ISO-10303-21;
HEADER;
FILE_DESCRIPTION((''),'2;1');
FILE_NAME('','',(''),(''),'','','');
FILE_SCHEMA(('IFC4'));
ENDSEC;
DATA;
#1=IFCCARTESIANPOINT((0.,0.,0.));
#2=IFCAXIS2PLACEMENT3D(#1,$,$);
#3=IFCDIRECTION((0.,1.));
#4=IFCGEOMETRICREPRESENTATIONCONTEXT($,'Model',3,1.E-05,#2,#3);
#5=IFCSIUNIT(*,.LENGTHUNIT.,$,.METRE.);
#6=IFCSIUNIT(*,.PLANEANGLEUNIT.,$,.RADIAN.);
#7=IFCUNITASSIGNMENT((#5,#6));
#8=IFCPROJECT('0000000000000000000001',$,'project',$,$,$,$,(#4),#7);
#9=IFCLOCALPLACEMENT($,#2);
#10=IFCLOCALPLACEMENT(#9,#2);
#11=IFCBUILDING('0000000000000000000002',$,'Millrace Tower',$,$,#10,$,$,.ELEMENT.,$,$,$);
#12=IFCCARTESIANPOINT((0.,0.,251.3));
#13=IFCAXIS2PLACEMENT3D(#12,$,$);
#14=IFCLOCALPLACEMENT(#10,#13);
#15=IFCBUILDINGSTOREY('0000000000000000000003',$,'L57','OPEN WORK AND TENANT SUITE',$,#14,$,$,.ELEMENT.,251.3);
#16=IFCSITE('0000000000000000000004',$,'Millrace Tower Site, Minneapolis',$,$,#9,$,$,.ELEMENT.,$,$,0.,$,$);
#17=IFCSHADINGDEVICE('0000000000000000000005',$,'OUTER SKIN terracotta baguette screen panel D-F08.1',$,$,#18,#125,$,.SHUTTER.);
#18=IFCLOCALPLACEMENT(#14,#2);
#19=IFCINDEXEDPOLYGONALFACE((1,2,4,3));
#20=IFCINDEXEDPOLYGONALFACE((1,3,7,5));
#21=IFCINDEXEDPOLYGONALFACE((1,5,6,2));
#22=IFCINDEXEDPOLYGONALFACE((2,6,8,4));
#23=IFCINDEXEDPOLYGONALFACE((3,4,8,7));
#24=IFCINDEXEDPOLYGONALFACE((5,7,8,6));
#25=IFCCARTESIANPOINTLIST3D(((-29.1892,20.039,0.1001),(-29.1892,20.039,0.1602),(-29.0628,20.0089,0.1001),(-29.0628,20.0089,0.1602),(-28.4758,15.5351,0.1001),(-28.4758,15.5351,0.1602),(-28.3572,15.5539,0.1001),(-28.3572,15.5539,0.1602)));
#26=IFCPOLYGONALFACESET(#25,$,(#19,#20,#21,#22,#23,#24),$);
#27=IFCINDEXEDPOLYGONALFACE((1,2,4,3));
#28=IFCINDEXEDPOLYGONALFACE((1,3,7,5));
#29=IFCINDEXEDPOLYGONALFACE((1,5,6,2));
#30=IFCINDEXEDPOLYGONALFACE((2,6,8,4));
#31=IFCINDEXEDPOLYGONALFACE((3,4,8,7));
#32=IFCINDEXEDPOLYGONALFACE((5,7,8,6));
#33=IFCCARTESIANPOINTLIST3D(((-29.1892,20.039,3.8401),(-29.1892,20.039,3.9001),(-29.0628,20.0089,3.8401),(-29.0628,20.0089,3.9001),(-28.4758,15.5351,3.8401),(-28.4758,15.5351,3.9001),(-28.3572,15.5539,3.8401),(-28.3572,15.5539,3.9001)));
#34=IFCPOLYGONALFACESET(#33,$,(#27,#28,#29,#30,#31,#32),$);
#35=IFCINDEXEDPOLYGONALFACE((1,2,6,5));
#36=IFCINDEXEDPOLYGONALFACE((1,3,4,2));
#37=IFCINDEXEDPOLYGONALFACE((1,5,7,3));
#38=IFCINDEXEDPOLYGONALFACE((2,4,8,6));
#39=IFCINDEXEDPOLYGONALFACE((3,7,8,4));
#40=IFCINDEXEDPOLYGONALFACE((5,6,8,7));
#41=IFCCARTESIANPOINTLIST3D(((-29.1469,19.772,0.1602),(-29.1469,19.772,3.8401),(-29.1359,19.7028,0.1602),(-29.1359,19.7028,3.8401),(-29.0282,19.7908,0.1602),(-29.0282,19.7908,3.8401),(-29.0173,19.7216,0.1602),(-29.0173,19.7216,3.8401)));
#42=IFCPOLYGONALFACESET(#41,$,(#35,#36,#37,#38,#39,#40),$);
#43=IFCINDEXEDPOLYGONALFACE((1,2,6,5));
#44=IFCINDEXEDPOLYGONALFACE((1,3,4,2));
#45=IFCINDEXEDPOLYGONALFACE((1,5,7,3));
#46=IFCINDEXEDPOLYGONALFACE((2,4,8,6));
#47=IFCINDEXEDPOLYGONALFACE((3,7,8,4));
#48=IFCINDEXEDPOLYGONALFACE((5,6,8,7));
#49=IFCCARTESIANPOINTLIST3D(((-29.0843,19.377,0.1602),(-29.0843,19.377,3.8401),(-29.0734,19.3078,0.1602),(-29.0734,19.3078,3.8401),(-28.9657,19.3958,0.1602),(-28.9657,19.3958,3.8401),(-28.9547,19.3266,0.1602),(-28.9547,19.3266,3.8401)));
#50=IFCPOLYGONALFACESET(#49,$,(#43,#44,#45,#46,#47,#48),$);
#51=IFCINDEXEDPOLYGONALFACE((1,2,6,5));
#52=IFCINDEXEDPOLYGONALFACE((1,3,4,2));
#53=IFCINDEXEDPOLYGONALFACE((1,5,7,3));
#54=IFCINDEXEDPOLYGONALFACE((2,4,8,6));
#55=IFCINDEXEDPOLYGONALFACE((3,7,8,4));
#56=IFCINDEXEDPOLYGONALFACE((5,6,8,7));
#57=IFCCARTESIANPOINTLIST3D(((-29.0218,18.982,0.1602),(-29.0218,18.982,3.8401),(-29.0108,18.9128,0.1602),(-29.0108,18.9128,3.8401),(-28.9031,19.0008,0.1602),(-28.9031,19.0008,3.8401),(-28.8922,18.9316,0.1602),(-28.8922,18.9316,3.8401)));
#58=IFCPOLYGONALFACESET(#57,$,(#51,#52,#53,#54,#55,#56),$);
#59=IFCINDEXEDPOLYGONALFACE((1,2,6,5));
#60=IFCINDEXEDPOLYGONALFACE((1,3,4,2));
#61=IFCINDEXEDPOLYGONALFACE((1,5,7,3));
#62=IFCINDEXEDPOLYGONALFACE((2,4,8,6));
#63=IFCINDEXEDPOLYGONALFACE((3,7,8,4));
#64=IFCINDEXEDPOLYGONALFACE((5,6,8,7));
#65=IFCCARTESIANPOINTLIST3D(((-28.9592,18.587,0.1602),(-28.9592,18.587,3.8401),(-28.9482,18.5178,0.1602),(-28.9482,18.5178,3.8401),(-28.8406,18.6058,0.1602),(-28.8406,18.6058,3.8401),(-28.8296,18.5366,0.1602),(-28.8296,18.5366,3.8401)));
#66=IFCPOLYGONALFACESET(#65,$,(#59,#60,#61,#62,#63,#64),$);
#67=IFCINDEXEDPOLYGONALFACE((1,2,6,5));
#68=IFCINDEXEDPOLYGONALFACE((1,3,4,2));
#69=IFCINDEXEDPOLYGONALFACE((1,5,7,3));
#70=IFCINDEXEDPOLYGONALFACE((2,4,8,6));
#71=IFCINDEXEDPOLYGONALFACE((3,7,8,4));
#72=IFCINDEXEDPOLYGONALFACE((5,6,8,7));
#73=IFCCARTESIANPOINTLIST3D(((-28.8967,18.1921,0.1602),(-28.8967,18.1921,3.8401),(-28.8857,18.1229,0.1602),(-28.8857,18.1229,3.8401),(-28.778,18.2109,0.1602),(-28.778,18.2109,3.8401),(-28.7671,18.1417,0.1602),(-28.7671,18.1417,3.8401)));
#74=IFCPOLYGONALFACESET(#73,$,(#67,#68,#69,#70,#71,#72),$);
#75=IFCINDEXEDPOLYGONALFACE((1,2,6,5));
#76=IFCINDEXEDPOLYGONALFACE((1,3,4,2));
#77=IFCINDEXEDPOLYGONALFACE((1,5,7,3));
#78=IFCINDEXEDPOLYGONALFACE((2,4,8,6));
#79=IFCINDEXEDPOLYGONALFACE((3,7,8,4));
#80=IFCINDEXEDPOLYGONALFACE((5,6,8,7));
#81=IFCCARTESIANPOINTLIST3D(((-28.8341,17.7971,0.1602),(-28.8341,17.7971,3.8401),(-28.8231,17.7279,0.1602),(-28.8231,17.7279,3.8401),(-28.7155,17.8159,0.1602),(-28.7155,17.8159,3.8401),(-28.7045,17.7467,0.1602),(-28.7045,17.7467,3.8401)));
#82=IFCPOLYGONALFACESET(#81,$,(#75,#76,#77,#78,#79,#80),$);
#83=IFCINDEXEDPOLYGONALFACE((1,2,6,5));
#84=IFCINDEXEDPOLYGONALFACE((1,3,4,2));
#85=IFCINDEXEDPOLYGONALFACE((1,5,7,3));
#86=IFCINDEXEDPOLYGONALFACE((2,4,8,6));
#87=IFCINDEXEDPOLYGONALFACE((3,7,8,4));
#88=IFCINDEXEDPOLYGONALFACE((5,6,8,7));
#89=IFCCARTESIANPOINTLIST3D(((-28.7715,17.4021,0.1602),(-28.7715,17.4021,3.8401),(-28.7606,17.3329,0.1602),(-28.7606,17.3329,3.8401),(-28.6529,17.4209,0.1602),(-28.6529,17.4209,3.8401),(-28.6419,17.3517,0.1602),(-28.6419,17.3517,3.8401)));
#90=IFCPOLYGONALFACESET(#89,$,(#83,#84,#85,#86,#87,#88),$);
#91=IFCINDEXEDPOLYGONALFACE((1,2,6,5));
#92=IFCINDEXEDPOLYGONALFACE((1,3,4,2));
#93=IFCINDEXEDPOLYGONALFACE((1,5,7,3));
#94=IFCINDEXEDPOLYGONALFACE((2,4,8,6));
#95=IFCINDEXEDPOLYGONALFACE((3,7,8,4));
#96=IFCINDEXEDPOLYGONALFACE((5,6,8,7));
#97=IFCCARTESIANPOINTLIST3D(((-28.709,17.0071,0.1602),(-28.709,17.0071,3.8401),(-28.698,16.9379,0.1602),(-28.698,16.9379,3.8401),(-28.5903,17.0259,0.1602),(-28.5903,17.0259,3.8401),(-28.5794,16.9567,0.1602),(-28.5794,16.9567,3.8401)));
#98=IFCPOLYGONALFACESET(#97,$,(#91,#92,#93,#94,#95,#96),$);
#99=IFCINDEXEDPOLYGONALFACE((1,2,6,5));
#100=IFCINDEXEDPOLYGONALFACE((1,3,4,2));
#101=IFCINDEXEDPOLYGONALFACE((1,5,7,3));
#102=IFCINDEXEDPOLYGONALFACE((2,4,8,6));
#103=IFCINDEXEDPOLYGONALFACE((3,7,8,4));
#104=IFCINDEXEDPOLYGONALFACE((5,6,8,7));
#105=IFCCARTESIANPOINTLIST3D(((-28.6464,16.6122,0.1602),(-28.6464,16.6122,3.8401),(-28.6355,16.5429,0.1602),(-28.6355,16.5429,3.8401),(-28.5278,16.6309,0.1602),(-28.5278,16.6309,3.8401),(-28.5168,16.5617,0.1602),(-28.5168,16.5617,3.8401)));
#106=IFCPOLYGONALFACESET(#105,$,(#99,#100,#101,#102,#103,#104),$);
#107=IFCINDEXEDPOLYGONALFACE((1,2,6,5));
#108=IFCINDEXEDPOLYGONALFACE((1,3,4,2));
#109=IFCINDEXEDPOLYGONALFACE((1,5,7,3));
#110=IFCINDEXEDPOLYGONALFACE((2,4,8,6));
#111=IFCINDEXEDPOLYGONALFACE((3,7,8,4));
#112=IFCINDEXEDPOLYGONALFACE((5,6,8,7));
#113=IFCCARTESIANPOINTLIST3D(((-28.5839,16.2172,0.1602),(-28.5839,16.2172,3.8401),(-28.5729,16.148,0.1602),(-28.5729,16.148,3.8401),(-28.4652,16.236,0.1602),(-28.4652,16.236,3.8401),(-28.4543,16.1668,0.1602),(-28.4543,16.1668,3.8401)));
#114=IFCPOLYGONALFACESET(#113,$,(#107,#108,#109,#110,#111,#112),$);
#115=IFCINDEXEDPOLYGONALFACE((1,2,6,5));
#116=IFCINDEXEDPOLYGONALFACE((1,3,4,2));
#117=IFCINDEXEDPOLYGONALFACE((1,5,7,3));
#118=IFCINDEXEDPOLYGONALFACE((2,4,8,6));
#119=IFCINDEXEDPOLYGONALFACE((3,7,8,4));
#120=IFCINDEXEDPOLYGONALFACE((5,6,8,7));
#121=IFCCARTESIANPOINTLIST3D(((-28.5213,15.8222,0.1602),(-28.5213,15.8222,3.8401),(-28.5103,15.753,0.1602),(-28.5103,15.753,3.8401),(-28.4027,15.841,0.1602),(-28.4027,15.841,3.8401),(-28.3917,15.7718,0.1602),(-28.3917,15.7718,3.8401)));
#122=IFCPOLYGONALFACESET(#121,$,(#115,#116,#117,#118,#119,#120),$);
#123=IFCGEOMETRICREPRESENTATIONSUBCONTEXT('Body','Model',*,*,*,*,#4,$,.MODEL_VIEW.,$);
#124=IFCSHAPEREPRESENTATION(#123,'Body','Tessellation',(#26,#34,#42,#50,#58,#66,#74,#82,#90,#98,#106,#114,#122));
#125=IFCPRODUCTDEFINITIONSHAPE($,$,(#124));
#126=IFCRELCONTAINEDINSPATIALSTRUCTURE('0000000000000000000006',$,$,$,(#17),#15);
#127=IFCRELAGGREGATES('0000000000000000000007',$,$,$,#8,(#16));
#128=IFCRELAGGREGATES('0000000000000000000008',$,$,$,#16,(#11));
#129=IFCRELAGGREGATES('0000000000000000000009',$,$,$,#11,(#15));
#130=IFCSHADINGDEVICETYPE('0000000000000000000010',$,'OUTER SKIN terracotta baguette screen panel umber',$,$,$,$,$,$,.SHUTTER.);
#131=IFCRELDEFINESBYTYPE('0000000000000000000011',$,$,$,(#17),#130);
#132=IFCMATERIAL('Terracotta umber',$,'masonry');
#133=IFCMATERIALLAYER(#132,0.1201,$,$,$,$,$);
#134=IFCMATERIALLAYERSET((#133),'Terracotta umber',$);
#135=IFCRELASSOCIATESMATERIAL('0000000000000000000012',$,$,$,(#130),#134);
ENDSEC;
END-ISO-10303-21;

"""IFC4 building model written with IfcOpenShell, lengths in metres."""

from ifc_helpers import new_model, entity, si_unit, direction, frame, frame_2d, origin, place, context, subcontext, project, spatial, rectangle, extrude, source, transform, mapped, material, layer, layer_set, type_object, element, save


model = new_model("IFC4")

# Units and contexts
model_context = context("Model", 3, precision=1e-05, world=origin(), true_north=direction((0.0, 1.0)))
body_context = subcontext(model_context, "Body", "Model", "MODEL_VIEW")
ifc_project = project(units=[si_unit("LENGTHUNIT", "METRE"), si_unit("PLANEANGLEUNIT", "RADIAN")], contexts=[model_context])

# Site, building, storey
site_placement = place(None, origin())
site = spatial("IfcSite", under=ifc_project, at=site_placement, Name="Millrace Tower Site, Minneapolis", CompositionType="ELEMENT", RefElevation=0.0)
building_placement = place(site_placement, origin())
building = spatial("IfcBuilding", under=site, at=building_placement, Name="Millrace Tower", CompositionType="ELEMENT")
storey_placement = place(building_placement, frame((0.0, 0.0, 251.3)))
storey = spatial("IfcBuildingStorey", under=building, at=storey_placement, Name="L57", Description="OPEN WORK AND TENANT SUITE", CompositionType="ELEMENT", Elevation=251.3)

# Shading device
ifc_material_1 = material(Name="Terracotta umber", Category="masonry")
ifc_layer_1 = layer(ifc_material_1, 0.1201)
ifc_layer_set_1 = layer_set([ifc_layer_1], Name="Terracotta umber")
shading_device_type = type_object("IfcShadingDeviceType", Name="OUTER SKIN terracotta baguette screen panel umber", PredefinedType="SHUTTER", material=ifc_layer_set_1)
cartesian_point_1 = entity("IfcCartesianPoint", [-2.2429, 0.0601])
shared_polyline_1 = entity("IfcPolyline", [cartesian_point_1, entity("IfcCartesianPoint", [2.2676, 0.0601]), entity("IfcCartesianPoint", [2.2676, -0.0601]), entity("IfcCartesianPoint", [-2.2925, -0.0601]), cartesian_point_1])
shared_shape_1 = source(origin(), body_context, "Body", "SweptSolid", [
    entity("IfcExtrudedAreaSolid", entity("IfcArbitraryClosedProfileDef", "AREA", None, shared_polyline_1), entity("IfcAxis2Placement3D", entity("IfcCartesianPoint", [0.0, 0.0, 0.0])), entity("IfcDirection", [0.0, 0.0, 1.0]), 0.0601),
    entity("IfcExtrudedAreaSolid", entity("IfcArbitraryClosedProfileDef", "AREA", None, shared_polyline_1), entity("IfcAxis2Placement3D", entity("IfcCartesianPoint", [0.0, 0.0, 3.74])), entity("IfcDirection", [0.0, 0.0, 1.0]), 0.0601),
    extrude(rectangle(XDim=0.0701, YDim=0.1201, at=frame_2d((-1.9871, 0.0))), frame((0.0, 0.0, 0.0601)), (0.0, 0.0, 1.0), 3.6799),
    extrude(rectangle(XDim=0.0701, YDim=0.1201, at=frame_2d((-1.5872, 0.0))), frame((0.0, 0.0, 0.0601)), (0.0, 0.0, 1.0), 3.6799),
    extrude(rectangle(XDim=0.0701, YDim=0.1201, at=frame_2d((-1.1873, 0.0))), frame((0.0, 0.0, 0.0601)), (0.0, 0.0, 1.0), 3.6799),
    extrude(rectangle(XDim=0.0701, YDim=0.1201, at=frame_2d((-0.7874, 0.0))), frame((0.0, 0.0, 0.0601)), (0.0, 0.0, 1.0), 3.6799),
    extrude(rectangle(XDim=0.0701, YDim=0.1201, at=frame_2d((-0.3875, 0.0))), frame((0.0, 0.0, 0.0601)), (0.0, 0.0, 1.0), 3.6799),
    extrude(rectangle(XDim=0.0701, YDim=0.1201, at=frame_2d((0.0125, 0.0))), frame((0.0, 0.0, 0.0601)), (0.0, 0.0, 1.0), 3.6799),
    extrude(rectangle(XDim=0.0701, YDim=0.1201, at=frame_2d((0.4124, 0.0))), frame((0.0, 0.0, 0.0601)), (0.0, 0.0, 1.0), 3.6799),
    extrude(rectangle(XDim=0.0701, YDim=0.1201, at=frame_2d((0.8123, 0.0))), frame((0.0, 0.0, 0.0601)), (0.0, 0.0, 1.0), 3.6799),
    extrude(rectangle(XDim=0.0701, YDim=0.1201, at=frame_2d((1.2122, 0.0))), frame((0.0, 0.0, 0.0601)), (0.0, 0.0, 1.0), 3.6799),
    extrude(rectangle(XDim=0.0701, YDim=0.1201, at=frame_2d((1.6121, 0.0))), frame((0.0, 0.0, 0.0601)), (0.0, 0.0, 1.0), 3.6799),
    extrude(rectangle(XDim=0.0701, YDim=0.1201, at=frame_2d((2.012, 0.0))), frame((0.0, 0.0, 0.0601)), (0.0, 0.0, 1.0), 3.6799),
])
shading_device_1_placement = place(storey_placement, frame((-28.7712, 17.7842, 0.1001), z_axis=(0.0, 0.0, 1.0), x_axis=(0.156434, -0.987688, 0.0)))
element("IfcShadingDevice", 1, at=shading_device_1_placement, inside=storey, type_object=shading_device_type, Name="OUTER SKIN terracotta baguette screen panel D-F08.1", PredefinedType="SHUTTER", context=body_context, shape_type="MappedRepresentation", body=[
    mapped(shared_shape_1, transform((0.0, 0.0, 0.0), scale=1.0)),
])

save(model, "model.ifc")
